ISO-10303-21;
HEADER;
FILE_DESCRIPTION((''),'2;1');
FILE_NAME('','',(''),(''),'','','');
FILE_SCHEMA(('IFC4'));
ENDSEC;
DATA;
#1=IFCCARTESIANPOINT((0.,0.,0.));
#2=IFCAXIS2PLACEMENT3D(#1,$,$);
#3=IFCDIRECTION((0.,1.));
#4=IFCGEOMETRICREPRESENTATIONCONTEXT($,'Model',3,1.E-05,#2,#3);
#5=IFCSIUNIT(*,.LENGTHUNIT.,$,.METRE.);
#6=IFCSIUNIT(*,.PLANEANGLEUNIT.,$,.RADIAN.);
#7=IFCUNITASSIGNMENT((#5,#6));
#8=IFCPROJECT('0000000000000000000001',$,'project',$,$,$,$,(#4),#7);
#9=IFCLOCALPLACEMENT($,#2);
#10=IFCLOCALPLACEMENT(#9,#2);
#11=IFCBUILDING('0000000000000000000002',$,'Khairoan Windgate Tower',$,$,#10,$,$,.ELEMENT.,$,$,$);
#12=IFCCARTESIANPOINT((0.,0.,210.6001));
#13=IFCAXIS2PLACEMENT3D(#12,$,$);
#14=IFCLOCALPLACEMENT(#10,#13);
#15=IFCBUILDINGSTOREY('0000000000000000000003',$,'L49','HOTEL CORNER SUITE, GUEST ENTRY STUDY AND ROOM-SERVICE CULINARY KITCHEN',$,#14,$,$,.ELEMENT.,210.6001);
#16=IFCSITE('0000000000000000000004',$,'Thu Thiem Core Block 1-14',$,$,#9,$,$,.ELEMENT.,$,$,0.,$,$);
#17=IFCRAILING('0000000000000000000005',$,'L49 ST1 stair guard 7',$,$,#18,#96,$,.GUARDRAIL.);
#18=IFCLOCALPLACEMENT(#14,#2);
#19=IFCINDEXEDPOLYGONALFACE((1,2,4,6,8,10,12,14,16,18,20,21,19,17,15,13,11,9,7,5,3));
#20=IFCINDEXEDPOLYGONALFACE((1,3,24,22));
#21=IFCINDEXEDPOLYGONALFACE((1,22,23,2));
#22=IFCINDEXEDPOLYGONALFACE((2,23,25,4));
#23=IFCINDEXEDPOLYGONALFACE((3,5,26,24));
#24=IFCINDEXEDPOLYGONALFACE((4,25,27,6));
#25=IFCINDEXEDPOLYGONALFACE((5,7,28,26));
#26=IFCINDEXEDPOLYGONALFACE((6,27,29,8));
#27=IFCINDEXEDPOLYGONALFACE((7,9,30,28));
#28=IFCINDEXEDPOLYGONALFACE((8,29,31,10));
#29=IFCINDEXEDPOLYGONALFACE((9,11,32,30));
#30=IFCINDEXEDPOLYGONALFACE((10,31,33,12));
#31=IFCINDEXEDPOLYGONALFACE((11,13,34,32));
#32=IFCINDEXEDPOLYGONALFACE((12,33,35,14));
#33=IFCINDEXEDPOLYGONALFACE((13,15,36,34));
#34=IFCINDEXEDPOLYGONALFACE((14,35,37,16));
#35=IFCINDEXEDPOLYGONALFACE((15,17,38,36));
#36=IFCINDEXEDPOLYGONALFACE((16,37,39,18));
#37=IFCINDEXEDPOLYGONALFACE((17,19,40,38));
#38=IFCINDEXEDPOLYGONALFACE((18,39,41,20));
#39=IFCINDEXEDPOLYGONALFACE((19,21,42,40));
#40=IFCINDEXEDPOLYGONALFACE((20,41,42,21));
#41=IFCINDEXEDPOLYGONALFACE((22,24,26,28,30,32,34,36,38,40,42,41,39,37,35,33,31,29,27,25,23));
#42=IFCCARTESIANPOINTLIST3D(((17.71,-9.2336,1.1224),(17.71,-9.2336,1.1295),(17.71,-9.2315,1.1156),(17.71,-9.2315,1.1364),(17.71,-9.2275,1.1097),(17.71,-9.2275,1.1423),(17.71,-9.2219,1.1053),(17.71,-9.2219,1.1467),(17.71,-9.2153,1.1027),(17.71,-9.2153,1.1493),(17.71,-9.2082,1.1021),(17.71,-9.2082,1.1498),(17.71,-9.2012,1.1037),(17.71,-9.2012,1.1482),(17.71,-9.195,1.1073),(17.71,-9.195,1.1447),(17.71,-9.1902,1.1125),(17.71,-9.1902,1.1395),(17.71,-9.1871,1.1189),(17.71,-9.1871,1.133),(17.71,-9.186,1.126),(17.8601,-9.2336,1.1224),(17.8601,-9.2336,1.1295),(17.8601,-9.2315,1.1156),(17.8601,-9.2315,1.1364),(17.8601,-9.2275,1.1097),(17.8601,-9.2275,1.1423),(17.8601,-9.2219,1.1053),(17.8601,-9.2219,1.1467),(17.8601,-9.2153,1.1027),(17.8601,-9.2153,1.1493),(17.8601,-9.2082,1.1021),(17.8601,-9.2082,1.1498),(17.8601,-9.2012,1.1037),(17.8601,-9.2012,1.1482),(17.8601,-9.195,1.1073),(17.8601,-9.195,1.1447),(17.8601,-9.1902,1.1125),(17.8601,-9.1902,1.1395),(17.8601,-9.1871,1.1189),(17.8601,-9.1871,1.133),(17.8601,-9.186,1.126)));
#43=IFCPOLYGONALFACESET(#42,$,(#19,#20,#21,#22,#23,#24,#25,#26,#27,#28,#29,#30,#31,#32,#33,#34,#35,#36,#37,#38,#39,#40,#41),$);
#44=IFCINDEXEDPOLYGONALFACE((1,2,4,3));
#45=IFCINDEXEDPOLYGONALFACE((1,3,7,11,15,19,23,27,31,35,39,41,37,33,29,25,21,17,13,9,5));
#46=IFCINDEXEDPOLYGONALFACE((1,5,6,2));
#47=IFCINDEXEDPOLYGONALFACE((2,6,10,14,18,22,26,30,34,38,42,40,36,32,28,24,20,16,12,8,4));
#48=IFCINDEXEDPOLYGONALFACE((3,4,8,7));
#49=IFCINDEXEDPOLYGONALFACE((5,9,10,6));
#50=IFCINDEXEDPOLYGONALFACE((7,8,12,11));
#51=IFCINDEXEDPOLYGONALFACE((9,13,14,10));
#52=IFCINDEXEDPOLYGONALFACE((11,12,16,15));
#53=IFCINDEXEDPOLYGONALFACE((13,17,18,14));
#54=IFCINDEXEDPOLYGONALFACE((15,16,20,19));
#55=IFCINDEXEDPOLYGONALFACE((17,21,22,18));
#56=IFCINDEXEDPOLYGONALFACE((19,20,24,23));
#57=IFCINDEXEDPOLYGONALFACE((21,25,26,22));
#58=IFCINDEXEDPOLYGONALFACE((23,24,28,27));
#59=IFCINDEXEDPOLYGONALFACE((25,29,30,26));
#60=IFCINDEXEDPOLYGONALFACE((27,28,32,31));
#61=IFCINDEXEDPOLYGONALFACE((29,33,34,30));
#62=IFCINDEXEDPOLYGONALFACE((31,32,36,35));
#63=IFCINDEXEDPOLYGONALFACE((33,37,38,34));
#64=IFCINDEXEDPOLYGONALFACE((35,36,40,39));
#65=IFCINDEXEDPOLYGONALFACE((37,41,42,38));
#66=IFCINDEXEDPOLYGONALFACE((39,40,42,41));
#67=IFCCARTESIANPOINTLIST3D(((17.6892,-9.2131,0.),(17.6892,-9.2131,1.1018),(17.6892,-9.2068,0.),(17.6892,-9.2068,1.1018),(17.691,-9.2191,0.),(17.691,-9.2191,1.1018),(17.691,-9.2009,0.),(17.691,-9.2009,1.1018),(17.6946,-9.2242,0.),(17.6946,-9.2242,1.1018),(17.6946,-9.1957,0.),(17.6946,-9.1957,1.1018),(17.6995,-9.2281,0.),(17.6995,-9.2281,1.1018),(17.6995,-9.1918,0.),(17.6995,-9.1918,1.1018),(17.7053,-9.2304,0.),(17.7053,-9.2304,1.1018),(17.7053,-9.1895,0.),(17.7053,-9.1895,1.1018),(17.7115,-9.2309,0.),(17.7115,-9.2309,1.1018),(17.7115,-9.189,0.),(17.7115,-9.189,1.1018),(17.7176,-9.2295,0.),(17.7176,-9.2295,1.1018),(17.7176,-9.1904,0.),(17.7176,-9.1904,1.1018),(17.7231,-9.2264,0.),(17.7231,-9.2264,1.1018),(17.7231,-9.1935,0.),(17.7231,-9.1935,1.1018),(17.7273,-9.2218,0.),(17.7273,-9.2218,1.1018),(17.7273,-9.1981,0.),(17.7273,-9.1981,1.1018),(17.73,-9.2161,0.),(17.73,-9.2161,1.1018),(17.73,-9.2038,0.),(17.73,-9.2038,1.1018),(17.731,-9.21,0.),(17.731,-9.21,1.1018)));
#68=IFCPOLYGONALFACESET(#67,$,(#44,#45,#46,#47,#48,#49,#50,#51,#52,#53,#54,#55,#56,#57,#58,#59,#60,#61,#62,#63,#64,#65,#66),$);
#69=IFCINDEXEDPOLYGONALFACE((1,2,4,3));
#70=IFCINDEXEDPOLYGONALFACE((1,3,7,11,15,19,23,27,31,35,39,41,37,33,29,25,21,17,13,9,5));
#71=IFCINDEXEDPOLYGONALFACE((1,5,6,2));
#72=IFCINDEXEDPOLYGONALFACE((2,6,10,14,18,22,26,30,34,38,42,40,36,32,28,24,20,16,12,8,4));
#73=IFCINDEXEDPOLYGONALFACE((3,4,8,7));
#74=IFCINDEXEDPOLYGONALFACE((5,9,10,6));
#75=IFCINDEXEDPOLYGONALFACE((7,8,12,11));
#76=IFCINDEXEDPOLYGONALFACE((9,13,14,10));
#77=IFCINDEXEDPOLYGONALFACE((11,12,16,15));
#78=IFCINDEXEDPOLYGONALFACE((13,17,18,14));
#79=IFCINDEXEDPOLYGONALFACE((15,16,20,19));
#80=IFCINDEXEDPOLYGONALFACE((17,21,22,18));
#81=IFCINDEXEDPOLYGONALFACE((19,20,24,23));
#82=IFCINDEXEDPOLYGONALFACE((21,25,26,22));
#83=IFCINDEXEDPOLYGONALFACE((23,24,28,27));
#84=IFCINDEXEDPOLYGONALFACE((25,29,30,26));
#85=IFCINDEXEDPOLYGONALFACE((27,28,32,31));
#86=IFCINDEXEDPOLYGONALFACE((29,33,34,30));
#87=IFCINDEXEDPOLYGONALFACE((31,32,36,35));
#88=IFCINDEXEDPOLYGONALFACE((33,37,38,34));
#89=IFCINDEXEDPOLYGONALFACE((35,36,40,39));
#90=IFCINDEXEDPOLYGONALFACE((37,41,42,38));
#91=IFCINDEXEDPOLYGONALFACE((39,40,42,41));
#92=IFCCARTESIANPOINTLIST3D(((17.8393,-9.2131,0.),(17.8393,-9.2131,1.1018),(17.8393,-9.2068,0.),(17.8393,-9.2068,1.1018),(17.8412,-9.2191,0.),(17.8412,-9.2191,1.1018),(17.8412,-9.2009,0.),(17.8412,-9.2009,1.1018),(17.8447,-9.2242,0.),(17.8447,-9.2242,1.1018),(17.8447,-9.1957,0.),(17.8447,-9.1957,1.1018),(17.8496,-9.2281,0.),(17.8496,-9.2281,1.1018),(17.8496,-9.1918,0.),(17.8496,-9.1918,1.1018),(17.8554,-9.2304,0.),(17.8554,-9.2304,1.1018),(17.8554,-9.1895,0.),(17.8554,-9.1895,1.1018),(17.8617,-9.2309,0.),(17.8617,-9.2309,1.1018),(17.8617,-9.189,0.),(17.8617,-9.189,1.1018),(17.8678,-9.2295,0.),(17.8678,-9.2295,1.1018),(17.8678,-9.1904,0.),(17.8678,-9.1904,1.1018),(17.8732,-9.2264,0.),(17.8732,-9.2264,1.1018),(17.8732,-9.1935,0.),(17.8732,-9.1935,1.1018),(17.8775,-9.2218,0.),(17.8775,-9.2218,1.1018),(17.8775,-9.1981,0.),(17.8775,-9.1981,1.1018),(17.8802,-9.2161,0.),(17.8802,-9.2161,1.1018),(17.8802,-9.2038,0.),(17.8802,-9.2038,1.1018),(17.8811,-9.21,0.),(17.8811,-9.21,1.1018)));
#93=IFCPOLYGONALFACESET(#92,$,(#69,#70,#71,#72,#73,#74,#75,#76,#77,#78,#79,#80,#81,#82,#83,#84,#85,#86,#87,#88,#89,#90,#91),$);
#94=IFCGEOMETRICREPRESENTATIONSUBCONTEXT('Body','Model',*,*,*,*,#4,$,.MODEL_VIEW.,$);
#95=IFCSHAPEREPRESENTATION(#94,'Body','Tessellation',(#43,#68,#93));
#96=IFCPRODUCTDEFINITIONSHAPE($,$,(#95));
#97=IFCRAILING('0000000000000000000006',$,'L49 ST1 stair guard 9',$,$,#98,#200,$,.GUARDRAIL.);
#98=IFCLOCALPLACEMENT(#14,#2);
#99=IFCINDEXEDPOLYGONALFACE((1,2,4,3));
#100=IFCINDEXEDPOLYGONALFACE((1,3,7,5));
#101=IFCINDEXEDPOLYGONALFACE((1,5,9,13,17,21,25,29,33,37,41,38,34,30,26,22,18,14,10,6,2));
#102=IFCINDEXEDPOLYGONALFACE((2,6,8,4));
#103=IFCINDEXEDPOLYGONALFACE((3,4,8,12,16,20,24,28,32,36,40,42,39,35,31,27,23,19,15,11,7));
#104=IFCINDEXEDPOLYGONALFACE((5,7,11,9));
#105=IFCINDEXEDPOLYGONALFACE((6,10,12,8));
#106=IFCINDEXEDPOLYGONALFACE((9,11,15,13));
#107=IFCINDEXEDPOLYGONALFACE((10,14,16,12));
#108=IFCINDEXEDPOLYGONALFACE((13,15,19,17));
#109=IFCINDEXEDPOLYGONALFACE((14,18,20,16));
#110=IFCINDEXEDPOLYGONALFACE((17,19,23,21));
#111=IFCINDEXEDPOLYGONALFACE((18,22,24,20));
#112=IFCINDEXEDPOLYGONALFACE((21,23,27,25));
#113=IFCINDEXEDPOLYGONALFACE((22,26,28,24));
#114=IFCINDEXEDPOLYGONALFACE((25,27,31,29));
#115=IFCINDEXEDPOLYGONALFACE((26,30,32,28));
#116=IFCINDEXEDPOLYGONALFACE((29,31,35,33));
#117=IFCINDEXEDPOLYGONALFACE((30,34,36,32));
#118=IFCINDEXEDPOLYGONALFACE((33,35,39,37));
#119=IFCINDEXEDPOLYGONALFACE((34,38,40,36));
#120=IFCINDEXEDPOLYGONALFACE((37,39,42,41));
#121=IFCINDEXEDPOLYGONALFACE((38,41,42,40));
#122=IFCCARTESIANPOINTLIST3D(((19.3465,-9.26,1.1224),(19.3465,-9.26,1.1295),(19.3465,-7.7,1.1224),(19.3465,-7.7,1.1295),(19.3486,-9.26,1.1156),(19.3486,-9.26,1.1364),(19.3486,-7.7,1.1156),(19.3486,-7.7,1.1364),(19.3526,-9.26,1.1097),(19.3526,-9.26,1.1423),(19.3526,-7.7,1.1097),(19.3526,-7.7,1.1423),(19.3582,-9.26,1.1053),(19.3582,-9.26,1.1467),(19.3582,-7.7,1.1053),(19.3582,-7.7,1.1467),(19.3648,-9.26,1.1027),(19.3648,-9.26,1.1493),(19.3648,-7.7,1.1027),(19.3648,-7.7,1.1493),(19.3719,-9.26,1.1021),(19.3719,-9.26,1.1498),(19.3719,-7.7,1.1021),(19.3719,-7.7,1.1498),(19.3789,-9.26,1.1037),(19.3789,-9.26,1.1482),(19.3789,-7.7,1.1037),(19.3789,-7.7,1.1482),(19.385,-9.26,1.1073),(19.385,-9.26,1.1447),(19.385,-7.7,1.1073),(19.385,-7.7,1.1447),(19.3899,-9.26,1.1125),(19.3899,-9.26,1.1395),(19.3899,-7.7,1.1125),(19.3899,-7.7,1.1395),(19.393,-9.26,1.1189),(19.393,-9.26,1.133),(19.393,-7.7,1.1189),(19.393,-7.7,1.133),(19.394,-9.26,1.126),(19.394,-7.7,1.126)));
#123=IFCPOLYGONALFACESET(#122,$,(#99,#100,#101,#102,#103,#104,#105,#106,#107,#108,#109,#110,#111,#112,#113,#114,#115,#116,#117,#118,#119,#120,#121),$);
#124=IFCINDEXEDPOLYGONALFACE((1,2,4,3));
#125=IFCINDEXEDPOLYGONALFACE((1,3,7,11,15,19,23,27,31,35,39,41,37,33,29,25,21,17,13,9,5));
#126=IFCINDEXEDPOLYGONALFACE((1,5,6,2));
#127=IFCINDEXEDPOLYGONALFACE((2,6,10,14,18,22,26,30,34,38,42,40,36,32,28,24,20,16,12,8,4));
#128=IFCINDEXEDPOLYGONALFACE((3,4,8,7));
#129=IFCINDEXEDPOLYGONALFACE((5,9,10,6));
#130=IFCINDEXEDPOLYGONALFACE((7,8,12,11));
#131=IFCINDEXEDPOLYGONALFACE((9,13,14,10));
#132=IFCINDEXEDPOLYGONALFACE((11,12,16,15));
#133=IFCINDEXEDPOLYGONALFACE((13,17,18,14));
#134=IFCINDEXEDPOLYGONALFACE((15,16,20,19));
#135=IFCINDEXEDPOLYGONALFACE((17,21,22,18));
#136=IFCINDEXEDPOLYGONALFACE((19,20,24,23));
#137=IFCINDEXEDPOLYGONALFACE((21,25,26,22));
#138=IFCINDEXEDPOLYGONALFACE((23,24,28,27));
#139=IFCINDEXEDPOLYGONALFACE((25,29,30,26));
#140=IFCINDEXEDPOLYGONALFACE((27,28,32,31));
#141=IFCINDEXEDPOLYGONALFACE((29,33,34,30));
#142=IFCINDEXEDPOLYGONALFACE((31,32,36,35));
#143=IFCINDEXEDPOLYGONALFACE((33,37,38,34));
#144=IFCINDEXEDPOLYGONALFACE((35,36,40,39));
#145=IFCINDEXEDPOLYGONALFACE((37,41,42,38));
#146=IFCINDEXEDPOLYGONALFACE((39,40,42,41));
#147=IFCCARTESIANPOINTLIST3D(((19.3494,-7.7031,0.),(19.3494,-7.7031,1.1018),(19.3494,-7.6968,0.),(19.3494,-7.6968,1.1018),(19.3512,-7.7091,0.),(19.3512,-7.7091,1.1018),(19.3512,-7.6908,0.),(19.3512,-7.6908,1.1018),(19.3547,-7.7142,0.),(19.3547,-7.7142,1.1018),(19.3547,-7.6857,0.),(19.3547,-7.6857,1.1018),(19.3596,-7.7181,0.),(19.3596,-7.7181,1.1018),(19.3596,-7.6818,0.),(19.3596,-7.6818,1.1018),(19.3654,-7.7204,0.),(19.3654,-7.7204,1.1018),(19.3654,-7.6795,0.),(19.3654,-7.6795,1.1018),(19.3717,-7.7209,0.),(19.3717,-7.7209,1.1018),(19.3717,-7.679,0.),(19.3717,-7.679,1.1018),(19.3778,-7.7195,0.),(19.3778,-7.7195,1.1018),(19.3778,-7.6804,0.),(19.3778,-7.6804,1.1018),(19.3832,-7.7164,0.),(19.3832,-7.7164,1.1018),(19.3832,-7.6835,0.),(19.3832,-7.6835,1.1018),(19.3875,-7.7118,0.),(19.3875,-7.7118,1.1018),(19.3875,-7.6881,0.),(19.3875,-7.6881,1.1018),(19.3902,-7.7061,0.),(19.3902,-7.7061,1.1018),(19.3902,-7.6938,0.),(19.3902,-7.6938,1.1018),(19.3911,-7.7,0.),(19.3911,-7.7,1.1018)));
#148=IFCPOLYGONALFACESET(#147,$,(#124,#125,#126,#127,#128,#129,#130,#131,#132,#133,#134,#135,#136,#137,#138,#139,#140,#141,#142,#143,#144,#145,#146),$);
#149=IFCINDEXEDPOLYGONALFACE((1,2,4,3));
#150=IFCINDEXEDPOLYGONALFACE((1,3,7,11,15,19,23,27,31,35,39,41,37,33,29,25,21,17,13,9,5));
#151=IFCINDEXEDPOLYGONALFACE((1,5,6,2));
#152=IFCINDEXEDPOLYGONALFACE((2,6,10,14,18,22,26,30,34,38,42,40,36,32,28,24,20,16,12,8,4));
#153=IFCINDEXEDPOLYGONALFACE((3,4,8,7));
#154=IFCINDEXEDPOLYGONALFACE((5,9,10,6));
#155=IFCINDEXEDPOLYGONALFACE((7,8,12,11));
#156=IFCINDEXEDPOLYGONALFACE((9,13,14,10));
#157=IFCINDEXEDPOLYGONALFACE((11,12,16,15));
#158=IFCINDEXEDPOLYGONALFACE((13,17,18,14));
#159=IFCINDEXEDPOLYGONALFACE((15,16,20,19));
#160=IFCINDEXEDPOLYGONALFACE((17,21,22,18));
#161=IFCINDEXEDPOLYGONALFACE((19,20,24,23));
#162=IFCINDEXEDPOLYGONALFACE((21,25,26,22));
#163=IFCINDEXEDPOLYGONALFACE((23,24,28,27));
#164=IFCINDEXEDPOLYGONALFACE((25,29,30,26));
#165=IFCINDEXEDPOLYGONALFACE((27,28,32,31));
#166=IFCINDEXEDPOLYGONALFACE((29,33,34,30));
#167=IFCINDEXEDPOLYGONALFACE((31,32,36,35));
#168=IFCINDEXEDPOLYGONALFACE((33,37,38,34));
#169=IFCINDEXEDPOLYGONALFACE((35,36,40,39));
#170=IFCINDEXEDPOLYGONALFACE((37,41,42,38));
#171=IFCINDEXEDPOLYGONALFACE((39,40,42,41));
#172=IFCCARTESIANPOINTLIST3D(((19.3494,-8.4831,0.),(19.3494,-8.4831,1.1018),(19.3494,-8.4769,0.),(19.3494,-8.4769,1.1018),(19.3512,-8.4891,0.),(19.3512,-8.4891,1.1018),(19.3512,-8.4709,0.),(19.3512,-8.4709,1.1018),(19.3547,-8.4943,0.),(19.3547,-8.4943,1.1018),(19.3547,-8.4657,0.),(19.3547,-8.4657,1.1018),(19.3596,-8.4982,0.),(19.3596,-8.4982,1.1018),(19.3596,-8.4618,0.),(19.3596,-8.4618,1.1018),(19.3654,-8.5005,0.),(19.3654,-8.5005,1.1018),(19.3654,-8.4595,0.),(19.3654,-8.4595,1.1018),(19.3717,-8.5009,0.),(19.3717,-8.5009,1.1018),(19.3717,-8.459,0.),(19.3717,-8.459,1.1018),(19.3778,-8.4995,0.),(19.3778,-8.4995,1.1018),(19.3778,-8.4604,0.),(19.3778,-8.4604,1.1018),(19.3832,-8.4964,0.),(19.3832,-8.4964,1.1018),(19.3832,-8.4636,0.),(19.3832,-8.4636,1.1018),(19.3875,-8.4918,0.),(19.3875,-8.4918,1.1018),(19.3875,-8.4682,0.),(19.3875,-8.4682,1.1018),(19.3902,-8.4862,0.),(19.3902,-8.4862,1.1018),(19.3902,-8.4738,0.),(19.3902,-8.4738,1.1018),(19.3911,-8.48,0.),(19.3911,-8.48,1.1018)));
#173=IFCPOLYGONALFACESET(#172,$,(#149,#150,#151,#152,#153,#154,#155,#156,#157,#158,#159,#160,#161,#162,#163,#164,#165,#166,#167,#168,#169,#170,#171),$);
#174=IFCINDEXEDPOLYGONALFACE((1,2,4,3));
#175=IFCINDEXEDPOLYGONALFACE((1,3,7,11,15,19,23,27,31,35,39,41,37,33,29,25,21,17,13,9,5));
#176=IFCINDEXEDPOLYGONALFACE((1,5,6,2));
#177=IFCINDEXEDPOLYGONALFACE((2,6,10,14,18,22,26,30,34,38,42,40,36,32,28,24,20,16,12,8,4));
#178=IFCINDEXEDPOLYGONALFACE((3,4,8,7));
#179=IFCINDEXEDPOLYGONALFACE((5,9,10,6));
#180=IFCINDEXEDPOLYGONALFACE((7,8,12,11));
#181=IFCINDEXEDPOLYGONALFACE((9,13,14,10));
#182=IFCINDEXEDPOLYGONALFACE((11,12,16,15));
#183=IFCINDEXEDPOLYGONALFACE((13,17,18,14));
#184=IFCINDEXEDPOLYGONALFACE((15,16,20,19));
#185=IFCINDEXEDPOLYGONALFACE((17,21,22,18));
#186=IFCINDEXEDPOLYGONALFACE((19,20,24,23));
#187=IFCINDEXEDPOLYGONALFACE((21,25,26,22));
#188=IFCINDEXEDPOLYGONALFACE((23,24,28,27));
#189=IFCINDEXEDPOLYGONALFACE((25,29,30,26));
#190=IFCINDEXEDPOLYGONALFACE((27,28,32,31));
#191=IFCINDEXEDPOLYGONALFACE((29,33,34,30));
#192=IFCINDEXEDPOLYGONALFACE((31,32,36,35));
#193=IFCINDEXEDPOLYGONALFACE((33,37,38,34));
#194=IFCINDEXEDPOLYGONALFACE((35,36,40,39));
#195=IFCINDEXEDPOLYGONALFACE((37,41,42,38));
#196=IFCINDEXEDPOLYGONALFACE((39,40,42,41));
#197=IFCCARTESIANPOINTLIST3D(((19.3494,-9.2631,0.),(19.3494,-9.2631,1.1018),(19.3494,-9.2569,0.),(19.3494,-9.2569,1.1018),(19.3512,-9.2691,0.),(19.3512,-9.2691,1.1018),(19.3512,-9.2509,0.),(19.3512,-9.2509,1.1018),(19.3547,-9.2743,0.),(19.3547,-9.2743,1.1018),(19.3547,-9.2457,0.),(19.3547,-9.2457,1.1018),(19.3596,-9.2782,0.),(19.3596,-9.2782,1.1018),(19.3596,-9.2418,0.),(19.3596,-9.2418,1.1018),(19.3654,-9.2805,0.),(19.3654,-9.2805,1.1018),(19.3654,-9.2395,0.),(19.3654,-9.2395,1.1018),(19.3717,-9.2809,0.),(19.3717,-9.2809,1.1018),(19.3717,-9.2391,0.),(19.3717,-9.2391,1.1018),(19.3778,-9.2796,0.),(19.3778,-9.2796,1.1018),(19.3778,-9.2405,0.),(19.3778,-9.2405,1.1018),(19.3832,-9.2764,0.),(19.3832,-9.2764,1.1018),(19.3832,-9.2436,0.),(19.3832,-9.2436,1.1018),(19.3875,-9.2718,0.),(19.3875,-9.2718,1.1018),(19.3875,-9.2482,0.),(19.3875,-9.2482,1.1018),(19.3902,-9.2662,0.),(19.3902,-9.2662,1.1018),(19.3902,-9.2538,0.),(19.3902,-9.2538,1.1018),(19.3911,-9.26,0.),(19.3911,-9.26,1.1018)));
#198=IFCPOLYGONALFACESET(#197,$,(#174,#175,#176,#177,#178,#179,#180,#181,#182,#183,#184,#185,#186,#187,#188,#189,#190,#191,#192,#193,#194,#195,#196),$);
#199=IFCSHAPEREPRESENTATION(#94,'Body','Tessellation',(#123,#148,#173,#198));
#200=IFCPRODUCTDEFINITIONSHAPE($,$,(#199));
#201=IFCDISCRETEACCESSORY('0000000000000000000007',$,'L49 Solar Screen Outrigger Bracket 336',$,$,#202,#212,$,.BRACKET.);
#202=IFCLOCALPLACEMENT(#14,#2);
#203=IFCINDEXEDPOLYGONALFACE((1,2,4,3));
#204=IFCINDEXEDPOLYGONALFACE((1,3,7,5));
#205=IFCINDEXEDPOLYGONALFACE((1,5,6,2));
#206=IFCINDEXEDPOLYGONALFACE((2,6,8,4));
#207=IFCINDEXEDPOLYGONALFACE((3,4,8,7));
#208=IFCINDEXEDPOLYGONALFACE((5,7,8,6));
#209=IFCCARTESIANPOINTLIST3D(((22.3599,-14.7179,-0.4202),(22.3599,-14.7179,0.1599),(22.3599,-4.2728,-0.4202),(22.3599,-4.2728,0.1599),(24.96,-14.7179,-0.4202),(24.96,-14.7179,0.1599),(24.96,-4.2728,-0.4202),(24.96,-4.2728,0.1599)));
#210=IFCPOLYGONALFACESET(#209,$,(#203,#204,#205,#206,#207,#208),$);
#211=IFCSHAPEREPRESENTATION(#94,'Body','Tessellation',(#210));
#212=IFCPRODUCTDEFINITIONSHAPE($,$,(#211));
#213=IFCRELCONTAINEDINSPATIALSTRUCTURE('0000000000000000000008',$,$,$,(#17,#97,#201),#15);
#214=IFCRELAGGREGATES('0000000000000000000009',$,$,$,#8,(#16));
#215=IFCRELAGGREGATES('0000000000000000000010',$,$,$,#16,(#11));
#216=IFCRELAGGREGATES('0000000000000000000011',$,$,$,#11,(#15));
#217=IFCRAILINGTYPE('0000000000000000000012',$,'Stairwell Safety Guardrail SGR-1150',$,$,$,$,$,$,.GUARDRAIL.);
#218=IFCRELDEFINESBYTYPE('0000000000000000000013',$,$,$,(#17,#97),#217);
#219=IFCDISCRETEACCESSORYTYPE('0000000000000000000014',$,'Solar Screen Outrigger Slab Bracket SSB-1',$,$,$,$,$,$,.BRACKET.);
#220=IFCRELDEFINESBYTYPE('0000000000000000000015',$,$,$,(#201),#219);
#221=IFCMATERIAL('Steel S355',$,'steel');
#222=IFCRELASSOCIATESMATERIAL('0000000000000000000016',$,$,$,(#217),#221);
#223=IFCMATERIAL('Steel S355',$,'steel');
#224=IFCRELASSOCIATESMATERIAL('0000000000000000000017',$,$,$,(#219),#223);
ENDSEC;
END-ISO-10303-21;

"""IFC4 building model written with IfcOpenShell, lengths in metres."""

from ifc_helpers import new_model, si_unit, direction, frame, origin, origin_2d, place, context, subcontext, project, spatial, rectangle, circle, extrude, material, type_object, element, save


model = new_model("IFC4")

# Units and contexts
model_context = context("Model", 3, precision=1e-05, world=origin(), true_north=direction((0.0, 1.0)))
body_context = subcontext(model_context, "Body", "Model", "MODEL_VIEW")
ifc_project = project(units=[si_unit("LENGTHUNIT", "METRE"), si_unit("PLANEANGLEUNIT", "RADIAN")], contexts=[model_context])

# Site, building, storey
site_placement = place(None, origin())
site = spatial("IfcSite", under=ifc_project, at=site_placement, Name="Thu Thiem Core Block 1-14", CompositionType="ELEMENT", RefElevation=0.0)
building_placement = place(site_placement, origin())
building = spatial("IfcBuilding", under=site, at=building_placement, Name="Khairoan Windgate Tower", CompositionType="ELEMENT")
storey_placement = place(building_placement, frame((0.0, 0.0, 210.6001)))
storey = spatial("IfcBuildingStorey", under=building, at=storey_placement, Name="L49", Description="HOTEL CORNER SUITE, GUEST ENTRY STUDY AND ROOM-SERVICE CULINARY KITCHEN", CompositionType="ELEMENT", Elevation=210.6001)

# Railings
ifc_material_1 = material(Name="Steel S355", Category="steel")
railing_type_1 = type_object("IfcRailingType", Name="Stairwell Safety Guardrail SGR-1150", PredefinedType="GUARDRAIL", material=ifc_material_1)
railing_1_placement = place(storey_placement, frame((17.71, -9.21, 0.0)))
element("IfcRailing", 1, at=railing_1_placement, inside=storey, type_object=railing_type_1, Name="L49 ST1 stair guard 7", PredefinedType="GUARDRAIL", context=body_context, shape_type="SweptSolid", body=[
    extrude(circle(Radius=0.0239, at=origin_2d()), frame((0.0, 0.0, 1.126), z_axis=(1.0, 0.0, 0.0), x_axis=(0.0, 1.0, 0.0)), (0.0, 0.0, 1.0), 0.1501),
    extrude(circle(Radius=0.021, at=origin_2d()), origin(), (0.0, 0.0, 1.0), 1.1018),
    extrude(circle(Radius=0.021, at=origin_2d()), frame((0.1501, 0.0, 0.0)), (0.0, 0.0, 1.0), 1.1018),
])
railing_2_placement = place(storey_placement, frame((19.3701, -7.7, 0.0)))
element("IfcRailing", 2, at=railing_2_placement, inside=storey, type_object=railing_type_1, Name="L49 ST1 stair guard 9", PredefinedType="GUARDRAIL", context=body_context, shape_type="SweptSolid", body=[
    extrude(circle(Radius=0.0239, at=origin_2d()), frame((0.0, 0.0, 1.126), z_axis=(0.0, -1.0, 0.0), x_axis=(1.0, 0.0, 0.0)), (0.0, 0.0, 1.0), 1.5601),
    extrude(circle(Radius=0.021, at=origin_2d()), origin(), (0.0, 0.0, 1.0), 1.1018),
    extrude(circle(Radius=0.021, at=origin_2d()), frame((0.0, -0.78, 0.0)), (0.0, 0.0, 1.0), 1.1018),
    extrude(circle(Radius=0.021, at=origin_2d()), frame((0.0, -1.5601, 0.0)), (0.0, 0.0, 1.0), 1.1018),
])

# Discrete accessory
ifc_material_2 = material(Name="Steel S355", Category="steel")
discrete_accessory_type = type_object("IfcDiscreteAccessoryType", Name="Solar Screen Outrigger Slab Bracket SSB-1", PredefinedType="BRACKET", material=ifc_material_2)
discrete_accessory_placement = place(storey_placement, frame((23.6599, -9.4954, -0.4202), z_axis=(0.0, 0.0, 1.0), x_axis=(0.0, -1.0, 0.0)))
element("IfcDiscreteAccessory", 3, at=discrete_accessory_placement, inside=storey, type_object=discrete_accessory_type, Name="L49 Solar Screen Outrigger Bracket 336", PredefinedType="BRACKET", context=body_context, shape_type="SweptSolid", body=[
    extrude(rectangle(XDim=10.4451, YDim=2.6001, at=origin_2d()), origin(), (0.0, 0.0, 1.0), 0.5801),
])

save(model, "model.ifc")
